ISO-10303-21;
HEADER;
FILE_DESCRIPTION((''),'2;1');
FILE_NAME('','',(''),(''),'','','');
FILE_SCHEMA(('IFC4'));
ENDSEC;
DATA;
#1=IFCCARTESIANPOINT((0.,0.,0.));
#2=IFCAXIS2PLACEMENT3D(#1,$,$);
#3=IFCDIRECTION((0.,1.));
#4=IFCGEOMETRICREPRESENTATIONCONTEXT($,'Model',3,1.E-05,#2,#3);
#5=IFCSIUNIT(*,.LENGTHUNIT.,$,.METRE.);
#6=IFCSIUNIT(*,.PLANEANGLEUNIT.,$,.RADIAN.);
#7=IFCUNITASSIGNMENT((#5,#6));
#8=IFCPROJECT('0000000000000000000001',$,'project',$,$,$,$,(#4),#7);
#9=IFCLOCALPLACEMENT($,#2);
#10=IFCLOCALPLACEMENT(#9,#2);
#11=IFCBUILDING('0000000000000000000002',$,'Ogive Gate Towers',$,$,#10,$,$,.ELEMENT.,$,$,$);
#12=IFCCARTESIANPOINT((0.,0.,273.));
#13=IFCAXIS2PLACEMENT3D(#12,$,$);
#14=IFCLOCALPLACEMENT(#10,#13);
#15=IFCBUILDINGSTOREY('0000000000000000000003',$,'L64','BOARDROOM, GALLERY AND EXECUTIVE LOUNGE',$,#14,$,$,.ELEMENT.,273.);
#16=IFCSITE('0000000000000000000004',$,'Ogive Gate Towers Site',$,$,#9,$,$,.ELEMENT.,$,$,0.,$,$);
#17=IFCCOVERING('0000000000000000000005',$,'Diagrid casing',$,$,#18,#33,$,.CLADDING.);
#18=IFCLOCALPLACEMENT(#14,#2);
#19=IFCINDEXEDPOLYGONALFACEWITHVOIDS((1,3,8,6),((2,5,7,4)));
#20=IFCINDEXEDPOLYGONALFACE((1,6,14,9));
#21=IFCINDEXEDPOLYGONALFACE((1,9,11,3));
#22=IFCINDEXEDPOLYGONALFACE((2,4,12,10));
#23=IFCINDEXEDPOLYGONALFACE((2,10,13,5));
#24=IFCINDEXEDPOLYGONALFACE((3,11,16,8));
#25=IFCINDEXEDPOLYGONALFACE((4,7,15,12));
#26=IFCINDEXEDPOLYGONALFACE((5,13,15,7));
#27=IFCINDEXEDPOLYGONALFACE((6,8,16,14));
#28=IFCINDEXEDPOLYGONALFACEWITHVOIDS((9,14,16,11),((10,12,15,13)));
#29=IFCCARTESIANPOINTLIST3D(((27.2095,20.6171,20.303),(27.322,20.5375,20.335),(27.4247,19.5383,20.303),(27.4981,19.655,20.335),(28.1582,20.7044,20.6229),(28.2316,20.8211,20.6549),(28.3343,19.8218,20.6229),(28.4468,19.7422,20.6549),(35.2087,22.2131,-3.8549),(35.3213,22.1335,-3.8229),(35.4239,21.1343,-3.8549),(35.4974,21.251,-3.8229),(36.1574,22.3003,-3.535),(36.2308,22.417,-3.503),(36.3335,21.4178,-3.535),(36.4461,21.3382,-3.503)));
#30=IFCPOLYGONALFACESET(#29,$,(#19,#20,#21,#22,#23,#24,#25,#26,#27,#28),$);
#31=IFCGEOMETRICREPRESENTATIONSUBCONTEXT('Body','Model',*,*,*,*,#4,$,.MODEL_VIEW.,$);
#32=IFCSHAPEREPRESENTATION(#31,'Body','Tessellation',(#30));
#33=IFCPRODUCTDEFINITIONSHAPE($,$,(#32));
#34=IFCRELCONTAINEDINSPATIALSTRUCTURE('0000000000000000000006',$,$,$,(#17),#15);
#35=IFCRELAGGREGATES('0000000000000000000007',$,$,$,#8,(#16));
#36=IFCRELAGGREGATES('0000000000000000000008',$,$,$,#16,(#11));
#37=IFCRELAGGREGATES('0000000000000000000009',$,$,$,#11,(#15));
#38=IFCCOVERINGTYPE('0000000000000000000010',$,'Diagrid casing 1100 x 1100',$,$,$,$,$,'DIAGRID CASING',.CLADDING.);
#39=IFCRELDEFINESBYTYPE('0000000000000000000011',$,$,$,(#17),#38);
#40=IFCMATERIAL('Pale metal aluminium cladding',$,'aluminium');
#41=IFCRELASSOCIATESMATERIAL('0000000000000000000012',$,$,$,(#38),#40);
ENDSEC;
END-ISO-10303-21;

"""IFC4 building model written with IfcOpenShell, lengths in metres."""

from ifc_helpers import new_model, si_unit, direction, frame, origin, origin_2d, place, context, subcontext, project, spatial, hollow_rectangle, extrude, material, material_profile, profile_set, type_object, element, save


model = new_model("IFC4")

# Units and contexts
model_context = context("Model", 3, precision=1e-05, world=origin(), true_north=direction((0.0, 1.0)))
body_context = subcontext(model_context, "Body", "Model", "MODEL_VIEW")
ifc_project = project(units=[si_unit("LENGTHUNIT", "METRE"), si_unit("PLANEANGLEUNIT", "RADIAN")], contexts=[model_context])

# Site, building, storey
site_placement = place(None, origin())
site = spatial("IfcSite", under=ifc_project, at=site_placement, Name="Ogive Gate Towers Site", CompositionType="ELEMENT", RefElevation=0.0)
building_placement = place(site_placement, origin())
building = spatial("IfcBuilding", under=site, at=building_placement, Name="Ogive Gate Towers", CompositionType="ELEMENT")
storey_placement = place(building_placement, frame((0.0, 0.0, 273.0)))
storey = spatial("IfcBuildingStorey", under=building, at=storey_placement, Name="L64", Description="BOARDROOM, GALLERY AND EXECUTIVE LOUNGE", CompositionType="ELEMENT", Elevation=273.0)

# Covering
ifc_material_1 = material(Name="Pale metal aluminium cladding", Category="aluminium")
ifc_material_profile_1 = material_profile(ifc_material_1, hollow_rectangle(XDim=1.1001, YDim=1.1001, WallThickness=0.1001, at=origin_2d()), Name="1100 x 1100 pale metal casing")
ifc_profile_set_1 = profile_set([ifc_material_profile_1], Name="Pale metal aluminium cladding")
covering_type = type_object("IfcCoveringType", Name="Diagrid casing 1100 x 1100", ElementType="DIAGRID CASING", PredefinedType="CLADDING", material=ifc_profile_set_1)
covering_placement = place(storey_placement, frame((35.8274, 21.7756, -3.679), z_axis=(-0.313723, -0.062591, 0.947449), x_axis=(0.195656, -0.980673, 0.0)))
element("IfcCovering", 1, at=covering_placement, inside=storey, type_object=covering_type, Name="Diagrid casing", PredefinedType="CLADDING", context=body_context, shape_type="SweptSolid", body=[
    extrude(hollow_rectangle(XDim=1.1001, YDim=1.1001, WallThickness=0.1001, at=origin_2d()), origin(), (0.0, 0.0, 1.0), 25.4978),
])

save(model, "model.ifc")
